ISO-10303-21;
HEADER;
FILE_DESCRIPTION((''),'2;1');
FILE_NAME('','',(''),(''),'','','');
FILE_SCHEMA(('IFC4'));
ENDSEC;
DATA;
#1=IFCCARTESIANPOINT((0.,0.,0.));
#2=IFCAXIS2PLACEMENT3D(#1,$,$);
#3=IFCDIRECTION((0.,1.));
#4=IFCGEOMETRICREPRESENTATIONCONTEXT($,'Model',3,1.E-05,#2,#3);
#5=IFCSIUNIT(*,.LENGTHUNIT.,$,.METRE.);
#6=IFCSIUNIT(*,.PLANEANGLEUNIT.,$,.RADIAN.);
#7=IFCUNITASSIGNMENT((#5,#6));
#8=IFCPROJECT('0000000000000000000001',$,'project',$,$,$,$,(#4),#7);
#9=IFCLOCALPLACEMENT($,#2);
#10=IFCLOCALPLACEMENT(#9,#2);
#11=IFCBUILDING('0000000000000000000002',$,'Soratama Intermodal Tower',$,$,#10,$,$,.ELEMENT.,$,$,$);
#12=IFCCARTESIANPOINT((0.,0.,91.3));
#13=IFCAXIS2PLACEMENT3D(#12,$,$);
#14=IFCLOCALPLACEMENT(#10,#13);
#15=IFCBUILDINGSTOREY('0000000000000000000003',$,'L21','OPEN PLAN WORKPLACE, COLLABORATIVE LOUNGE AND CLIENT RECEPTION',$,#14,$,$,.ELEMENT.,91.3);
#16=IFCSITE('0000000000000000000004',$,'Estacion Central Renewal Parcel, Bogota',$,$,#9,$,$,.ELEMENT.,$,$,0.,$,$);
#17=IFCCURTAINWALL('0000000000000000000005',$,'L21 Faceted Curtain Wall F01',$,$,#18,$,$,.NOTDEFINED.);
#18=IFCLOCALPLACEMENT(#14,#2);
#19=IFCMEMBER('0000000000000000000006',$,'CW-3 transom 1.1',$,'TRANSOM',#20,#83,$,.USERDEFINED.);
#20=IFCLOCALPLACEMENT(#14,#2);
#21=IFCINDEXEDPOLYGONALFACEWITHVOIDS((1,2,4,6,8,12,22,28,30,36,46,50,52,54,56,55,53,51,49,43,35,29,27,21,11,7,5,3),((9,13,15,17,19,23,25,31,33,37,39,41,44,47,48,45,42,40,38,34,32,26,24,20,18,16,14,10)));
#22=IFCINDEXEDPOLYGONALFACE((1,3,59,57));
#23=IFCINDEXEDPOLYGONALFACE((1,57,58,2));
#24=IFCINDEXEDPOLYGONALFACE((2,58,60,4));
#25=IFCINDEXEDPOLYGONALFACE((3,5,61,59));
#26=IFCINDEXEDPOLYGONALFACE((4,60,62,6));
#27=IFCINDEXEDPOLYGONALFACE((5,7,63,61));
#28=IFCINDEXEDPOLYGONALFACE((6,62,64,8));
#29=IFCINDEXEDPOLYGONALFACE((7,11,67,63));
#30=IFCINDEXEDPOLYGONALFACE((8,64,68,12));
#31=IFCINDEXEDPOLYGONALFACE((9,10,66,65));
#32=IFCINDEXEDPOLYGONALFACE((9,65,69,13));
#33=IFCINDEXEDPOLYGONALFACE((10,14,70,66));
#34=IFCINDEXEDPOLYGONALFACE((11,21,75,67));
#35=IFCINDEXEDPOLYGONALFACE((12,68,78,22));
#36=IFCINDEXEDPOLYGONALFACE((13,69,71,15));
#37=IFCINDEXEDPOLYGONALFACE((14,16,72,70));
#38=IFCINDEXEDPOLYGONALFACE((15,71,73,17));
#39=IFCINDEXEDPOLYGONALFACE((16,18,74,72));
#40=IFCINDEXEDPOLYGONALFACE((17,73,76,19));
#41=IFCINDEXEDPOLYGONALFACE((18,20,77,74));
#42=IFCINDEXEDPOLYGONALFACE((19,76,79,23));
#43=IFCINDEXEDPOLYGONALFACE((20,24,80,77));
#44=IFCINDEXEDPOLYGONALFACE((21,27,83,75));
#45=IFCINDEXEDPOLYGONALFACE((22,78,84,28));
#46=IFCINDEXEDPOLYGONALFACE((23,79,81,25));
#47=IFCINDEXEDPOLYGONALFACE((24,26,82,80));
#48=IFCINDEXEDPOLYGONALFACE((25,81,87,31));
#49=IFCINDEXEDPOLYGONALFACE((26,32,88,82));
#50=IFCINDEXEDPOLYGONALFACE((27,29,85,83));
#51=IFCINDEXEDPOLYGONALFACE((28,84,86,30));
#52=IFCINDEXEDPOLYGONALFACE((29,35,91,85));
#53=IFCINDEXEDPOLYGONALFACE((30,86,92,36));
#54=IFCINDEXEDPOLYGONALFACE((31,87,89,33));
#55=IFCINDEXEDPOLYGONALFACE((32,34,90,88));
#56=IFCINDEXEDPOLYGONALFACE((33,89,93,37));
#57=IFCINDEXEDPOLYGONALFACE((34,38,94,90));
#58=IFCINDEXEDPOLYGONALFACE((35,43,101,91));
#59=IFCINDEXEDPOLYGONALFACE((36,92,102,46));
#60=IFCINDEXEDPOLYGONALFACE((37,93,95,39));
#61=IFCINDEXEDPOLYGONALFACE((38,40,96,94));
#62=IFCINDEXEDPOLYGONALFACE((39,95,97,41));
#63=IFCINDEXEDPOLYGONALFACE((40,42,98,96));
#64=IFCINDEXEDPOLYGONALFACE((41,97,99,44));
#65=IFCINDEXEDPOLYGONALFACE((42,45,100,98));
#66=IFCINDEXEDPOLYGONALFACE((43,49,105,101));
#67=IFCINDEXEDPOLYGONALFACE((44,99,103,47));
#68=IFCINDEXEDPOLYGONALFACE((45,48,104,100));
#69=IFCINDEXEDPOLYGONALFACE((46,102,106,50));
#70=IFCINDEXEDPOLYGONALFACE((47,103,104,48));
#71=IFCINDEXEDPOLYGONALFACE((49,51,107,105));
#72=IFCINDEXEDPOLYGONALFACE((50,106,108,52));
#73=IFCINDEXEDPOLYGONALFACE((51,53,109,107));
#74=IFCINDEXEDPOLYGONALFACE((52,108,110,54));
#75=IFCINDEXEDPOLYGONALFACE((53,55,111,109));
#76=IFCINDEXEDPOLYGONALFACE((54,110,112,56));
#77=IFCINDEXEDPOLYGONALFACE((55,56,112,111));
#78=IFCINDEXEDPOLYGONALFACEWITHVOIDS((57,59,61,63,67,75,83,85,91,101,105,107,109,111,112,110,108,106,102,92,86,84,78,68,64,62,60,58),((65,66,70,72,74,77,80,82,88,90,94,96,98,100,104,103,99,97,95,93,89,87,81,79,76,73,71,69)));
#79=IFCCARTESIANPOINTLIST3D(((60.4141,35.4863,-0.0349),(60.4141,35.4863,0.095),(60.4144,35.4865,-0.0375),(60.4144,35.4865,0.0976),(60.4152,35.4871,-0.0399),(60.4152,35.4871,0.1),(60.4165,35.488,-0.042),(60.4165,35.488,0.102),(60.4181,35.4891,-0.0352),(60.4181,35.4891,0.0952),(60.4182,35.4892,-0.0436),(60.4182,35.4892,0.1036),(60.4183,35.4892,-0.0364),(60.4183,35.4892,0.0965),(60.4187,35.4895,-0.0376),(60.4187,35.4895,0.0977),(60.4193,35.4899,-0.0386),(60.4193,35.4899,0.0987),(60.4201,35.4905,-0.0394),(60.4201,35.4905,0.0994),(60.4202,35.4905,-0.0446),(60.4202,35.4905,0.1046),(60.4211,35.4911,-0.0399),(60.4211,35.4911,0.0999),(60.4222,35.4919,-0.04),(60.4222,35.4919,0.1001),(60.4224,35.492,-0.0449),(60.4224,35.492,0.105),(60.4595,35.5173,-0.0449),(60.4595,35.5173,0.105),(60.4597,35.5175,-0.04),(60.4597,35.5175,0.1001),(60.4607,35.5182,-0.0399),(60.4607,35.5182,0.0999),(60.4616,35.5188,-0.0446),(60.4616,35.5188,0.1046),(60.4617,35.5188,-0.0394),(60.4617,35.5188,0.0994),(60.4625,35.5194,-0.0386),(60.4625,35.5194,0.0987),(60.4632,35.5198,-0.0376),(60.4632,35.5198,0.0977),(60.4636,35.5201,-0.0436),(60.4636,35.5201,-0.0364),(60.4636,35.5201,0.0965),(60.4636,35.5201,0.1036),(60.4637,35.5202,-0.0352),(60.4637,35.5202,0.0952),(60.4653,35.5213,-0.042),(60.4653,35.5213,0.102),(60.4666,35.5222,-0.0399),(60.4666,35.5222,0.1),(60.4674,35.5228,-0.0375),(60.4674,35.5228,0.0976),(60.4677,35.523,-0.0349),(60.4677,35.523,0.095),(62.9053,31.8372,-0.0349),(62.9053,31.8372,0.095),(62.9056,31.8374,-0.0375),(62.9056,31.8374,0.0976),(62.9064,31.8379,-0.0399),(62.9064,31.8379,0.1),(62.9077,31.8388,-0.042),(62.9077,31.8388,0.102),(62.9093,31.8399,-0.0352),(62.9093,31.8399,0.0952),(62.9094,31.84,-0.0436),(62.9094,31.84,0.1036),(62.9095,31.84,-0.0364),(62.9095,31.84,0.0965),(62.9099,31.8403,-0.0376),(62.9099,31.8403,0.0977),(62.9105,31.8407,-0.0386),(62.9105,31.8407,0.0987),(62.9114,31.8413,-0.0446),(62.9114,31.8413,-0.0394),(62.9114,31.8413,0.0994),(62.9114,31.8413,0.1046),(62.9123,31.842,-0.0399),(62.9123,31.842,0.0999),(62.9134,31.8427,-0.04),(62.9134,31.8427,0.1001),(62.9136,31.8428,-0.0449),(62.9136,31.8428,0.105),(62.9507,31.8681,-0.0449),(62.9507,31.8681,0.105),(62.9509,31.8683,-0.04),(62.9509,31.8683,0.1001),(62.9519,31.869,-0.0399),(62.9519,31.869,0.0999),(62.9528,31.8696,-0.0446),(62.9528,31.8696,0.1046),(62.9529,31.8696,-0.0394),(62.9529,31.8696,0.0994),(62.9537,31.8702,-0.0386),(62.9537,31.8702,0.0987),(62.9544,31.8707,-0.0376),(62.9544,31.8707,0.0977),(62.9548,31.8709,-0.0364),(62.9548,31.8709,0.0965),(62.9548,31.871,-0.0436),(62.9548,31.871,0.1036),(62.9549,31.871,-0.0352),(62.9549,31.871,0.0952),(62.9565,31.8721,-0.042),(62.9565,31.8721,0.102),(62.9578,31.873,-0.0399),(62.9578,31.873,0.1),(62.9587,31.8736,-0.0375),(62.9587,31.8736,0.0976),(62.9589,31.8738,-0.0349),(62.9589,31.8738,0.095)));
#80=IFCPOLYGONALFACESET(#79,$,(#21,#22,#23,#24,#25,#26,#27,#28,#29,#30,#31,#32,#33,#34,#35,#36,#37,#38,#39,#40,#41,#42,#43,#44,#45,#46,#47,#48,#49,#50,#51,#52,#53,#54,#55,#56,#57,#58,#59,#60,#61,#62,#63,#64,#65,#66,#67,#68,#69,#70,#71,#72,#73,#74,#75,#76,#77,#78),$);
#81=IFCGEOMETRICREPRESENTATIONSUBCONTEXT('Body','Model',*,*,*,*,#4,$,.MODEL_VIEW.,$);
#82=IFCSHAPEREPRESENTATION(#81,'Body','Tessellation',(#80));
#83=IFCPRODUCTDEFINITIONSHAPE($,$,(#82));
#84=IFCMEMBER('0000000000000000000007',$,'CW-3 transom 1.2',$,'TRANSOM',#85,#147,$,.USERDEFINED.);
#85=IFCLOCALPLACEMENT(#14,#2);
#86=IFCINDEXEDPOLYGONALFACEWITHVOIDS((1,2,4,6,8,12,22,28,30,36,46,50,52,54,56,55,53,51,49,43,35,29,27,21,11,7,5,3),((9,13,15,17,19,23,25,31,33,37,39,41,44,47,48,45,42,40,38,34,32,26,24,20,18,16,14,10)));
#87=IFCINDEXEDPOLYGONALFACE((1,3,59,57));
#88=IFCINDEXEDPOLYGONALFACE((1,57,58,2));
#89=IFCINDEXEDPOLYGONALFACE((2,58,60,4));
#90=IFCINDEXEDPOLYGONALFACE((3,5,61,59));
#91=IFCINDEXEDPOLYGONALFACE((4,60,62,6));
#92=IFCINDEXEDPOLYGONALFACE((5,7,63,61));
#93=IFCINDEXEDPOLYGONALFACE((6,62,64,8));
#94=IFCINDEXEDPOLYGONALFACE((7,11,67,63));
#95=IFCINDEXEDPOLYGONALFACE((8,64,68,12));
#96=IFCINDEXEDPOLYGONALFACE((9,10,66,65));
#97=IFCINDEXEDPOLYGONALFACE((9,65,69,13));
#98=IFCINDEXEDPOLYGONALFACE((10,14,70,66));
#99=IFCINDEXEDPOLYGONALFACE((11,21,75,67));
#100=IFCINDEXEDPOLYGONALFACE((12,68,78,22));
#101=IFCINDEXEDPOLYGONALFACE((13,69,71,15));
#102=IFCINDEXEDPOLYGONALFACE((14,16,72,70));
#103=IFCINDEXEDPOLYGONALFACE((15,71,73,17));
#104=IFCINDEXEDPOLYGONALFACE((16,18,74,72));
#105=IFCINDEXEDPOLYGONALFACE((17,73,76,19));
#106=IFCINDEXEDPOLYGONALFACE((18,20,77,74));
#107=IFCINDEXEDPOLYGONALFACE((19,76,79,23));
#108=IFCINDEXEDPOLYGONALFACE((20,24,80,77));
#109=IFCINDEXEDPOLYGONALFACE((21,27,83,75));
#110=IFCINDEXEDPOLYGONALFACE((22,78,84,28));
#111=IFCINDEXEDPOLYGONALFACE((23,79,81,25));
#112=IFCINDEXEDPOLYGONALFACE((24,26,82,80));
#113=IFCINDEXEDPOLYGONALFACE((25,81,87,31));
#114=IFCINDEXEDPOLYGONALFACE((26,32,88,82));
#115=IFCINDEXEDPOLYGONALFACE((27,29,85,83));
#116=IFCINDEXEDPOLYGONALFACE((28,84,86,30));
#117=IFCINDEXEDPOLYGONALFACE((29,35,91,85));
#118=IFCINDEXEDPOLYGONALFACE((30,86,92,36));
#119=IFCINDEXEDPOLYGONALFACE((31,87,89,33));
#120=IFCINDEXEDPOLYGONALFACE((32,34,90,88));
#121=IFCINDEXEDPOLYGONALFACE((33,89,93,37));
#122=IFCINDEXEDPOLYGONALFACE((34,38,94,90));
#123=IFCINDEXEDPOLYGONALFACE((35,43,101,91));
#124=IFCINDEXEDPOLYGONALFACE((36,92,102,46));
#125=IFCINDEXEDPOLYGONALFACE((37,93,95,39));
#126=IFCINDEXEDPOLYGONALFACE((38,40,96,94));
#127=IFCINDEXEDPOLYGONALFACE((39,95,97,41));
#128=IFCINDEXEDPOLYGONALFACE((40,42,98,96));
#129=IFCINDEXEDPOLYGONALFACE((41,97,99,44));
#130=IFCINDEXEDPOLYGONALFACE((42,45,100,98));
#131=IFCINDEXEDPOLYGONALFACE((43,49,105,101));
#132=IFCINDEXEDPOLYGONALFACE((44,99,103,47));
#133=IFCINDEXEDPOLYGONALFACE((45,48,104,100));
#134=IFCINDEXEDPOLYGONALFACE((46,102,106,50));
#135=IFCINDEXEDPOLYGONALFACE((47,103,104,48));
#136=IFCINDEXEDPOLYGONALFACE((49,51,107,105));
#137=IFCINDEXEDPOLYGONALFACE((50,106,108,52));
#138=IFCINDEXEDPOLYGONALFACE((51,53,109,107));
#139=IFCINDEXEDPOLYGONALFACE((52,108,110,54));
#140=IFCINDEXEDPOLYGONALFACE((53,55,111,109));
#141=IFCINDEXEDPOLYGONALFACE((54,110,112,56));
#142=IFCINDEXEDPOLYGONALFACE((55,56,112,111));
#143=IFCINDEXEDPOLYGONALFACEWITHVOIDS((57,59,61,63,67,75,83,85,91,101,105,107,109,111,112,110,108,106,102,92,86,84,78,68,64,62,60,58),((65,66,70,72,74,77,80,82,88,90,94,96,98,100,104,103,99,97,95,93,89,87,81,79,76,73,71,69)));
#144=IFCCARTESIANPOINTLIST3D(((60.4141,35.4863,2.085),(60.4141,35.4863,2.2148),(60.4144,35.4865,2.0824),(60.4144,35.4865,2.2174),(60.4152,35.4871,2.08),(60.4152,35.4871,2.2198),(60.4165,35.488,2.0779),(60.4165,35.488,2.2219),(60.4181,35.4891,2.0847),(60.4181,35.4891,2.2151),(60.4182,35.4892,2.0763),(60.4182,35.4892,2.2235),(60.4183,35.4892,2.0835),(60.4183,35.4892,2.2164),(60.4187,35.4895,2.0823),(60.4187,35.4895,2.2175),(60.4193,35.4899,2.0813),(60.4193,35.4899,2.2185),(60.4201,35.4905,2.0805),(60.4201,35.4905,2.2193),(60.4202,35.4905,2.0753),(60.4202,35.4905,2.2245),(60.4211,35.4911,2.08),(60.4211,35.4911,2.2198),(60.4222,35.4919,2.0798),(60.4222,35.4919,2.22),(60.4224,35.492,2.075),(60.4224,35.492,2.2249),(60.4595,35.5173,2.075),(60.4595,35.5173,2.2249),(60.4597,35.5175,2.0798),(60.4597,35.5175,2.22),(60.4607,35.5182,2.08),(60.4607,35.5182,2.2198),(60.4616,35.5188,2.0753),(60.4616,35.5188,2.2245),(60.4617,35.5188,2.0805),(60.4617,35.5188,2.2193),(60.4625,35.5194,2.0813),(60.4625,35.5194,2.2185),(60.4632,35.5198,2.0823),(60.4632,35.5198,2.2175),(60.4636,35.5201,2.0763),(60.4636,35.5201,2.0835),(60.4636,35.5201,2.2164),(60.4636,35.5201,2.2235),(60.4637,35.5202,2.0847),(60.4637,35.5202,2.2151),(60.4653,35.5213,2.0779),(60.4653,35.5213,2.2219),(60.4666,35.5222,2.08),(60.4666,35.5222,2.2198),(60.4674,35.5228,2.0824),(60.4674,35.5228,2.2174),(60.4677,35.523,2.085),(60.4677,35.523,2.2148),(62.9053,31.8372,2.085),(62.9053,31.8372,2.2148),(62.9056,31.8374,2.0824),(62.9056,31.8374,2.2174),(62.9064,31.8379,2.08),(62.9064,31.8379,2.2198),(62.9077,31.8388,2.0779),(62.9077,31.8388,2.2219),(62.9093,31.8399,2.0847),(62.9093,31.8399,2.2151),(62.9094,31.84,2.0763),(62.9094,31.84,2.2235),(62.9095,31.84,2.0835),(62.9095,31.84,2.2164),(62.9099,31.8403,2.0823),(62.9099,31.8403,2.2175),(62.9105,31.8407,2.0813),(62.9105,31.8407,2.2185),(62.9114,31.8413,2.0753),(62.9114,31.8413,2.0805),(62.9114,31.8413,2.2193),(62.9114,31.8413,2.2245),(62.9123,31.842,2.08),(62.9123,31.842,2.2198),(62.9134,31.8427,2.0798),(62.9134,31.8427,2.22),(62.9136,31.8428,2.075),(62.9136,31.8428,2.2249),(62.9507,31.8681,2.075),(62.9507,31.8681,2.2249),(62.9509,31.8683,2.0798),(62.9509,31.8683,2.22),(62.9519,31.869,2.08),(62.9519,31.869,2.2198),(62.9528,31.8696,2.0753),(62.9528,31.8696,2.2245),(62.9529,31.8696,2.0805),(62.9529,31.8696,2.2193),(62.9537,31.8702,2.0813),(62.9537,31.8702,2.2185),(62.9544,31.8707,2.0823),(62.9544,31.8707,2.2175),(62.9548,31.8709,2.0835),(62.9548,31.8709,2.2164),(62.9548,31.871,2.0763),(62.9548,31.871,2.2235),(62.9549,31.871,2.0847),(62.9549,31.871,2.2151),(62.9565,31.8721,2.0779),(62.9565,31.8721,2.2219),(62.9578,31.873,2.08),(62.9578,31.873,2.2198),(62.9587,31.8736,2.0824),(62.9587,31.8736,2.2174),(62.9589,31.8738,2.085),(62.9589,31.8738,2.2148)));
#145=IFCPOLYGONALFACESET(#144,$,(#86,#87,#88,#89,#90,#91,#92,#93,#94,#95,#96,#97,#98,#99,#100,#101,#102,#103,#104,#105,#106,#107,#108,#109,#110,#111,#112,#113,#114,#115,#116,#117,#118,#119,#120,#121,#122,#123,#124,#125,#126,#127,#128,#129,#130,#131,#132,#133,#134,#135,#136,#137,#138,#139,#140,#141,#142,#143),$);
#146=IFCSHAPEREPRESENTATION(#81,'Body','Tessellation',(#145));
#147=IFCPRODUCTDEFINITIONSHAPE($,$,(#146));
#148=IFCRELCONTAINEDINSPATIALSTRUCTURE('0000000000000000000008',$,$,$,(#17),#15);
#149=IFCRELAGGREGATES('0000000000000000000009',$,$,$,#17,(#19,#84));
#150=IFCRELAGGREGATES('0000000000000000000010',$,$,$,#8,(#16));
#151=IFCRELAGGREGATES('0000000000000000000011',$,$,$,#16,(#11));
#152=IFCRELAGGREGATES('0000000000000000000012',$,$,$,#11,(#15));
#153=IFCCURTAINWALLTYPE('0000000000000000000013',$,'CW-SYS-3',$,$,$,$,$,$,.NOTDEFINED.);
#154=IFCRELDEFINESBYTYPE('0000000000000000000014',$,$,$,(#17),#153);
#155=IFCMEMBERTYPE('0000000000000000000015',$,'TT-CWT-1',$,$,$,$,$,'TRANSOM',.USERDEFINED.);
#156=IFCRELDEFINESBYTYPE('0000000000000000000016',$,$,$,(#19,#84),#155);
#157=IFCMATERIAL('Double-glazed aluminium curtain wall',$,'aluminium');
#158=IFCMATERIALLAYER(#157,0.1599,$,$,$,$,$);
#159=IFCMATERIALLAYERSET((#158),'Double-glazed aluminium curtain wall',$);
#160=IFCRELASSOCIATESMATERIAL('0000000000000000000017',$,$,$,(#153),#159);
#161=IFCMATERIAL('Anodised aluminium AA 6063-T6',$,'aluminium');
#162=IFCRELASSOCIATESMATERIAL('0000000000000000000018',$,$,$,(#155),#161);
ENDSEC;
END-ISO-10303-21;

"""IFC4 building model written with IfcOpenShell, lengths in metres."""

from ifc_helpers import new_model, si_unit, direction, frame, origin, origin_2d, place, context, subcontext, project, spatial, hollow_rectangle, extrude, material, layer, layer_set, material_profile, profile_set, type_object, element, aggregate, save


model = new_model("IFC4")

# Units and contexts
model_context = context("Model", 3, precision=1e-05, world=origin(), true_north=direction((0.0, 1.0)))
body_context = subcontext(model_context, "Body", "Model", "MODEL_VIEW")
ifc_project = project(units=[si_unit("LENGTHUNIT", "METRE"), si_unit("PLANEANGLEUNIT", "RADIAN")], contexts=[model_context])

# Site, building, storey
site_placement = place(None, origin())
site = spatial("IfcSite", under=ifc_project, at=site_placement, Name="Estacion Central Renewal Parcel, Bogota", CompositionType="ELEMENT", RefElevation=0.0)
building_placement = place(site_placement, origin())
building = spatial("IfcBuilding", under=site, at=building_placement, Name="Soratama Intermodal Tower", CompositionType="ELEMENT")
storey_placement = place(building_placement, frame((0.0, 0.0, 91.3)))
storey = spatial("IfcBuildingStorey", under=building, at=storey_placement, Name="L21", Description="OPEN PLAN WORKPLACE, COLLABORATIVE LOUNGE AND CLIENT RECEPTION", CompositionType="ELEMENT", Elevation=91.3)

# Curtain wall, members
ifc_material_1 = material(Name="Double-glazed aluminium curtain wall", Category="aluminium")
ifc_layer_1 = layer(ifc_material_1, 0.1599)
ifc_layer_set_1 = layer_set([ifc_layer_1], Name="Double-glazed aluminium curtain wall")
curtain_wall_type = type_object("IfcCurtainWallType", Name="CW-SYS-3", PredefinedType="NOTDEFINED", material=ifc_layer_set_1)
curtain_wall_placement = place(storey_placement, origin())
curtain_wall = element("IfcCurtainWall", 1, at=curtain_wall_placement, inside=storey, type_object=curtain_wall_type, Name="L21 Faceted Curtain Wall F01", PredefinedType="NOTDEFINED")
ifc_material_2 = material(Name="Anodised aluminium AA 6063-T6", Category="aluminium")
ifc_material_profile_1 = material_profile(ifc_material_2, hollow_rectangle(XDim=0.0649, YDim=0.1499, WallThickness=0.0049, InnerFilletRadius=0.0049, OuterFilletRadius=0.01, at=origin_2d()), Name="CWT150X65X5")
ifc_profile_set_1 = profile_set([ifc_material_profile_1], Name="Anodised aluminium AA 6063-T6")
member_type_1 = type_object("IfcMemberType", Name="TT-CWT-1", ElementType="TRANSOM", PredefinedType="USERDEFINED", material=ifc_profile_set_1)
member_1_placement = place(storey_placement, frame((62.9321, 31.8555, 0.03), z_axis=(-0.563822, 0.825896, 0.0), x_axis=(-0.825896, -0.563822, 0.0)))
member_1 = element("IfcMember", 2, at=member_1_placement, type_object=member_type_1, Name="CW-3 transom 1.1", ObjectType="TRANSOM", PredefinedType="USERDEFINED", context=body_context, shape_type="SweptSolid", body=[
    extrude(hollow_rectangle(XDim=0.0649, YDim=0.1499, WallThickness=0.0049, InnerFilletRadius=0.0049, OuterFilletRadius=0.01, at=origin_2d()), origin(), (0.0, 0.0, 1.0), 4.4185),
])
member_2_placement = place(storey_placement, frame((62.9321, 31.8555, 2.1499), z_axis=(-0.563822, 0.825896, 0.0), x_axis=(-0.825896, -0.563822, 0.0)))
member_2 = element("IfcMember", 3, at=member_2_placement, type_object=member_type_1, Name="CW-3 transom 1.2", ObjectType="TRANSOM", PredefinedType="USERDEFINED", context=body_context, shape_type="SweptSolid", body=[
    extrude(hollow_rectangle(XDim=0.0649, YDim=0.1499, WallThickness=0.0049, InnerFilletRadius=0.0049, OuterFilletRadius=0.01, at=origin_2d()), origin(), (0.0, 0.0, 1.0), 4.4185),
])
aggregate(curtain_wall, [member_1, member_2])

save(model, "model.ifc")
